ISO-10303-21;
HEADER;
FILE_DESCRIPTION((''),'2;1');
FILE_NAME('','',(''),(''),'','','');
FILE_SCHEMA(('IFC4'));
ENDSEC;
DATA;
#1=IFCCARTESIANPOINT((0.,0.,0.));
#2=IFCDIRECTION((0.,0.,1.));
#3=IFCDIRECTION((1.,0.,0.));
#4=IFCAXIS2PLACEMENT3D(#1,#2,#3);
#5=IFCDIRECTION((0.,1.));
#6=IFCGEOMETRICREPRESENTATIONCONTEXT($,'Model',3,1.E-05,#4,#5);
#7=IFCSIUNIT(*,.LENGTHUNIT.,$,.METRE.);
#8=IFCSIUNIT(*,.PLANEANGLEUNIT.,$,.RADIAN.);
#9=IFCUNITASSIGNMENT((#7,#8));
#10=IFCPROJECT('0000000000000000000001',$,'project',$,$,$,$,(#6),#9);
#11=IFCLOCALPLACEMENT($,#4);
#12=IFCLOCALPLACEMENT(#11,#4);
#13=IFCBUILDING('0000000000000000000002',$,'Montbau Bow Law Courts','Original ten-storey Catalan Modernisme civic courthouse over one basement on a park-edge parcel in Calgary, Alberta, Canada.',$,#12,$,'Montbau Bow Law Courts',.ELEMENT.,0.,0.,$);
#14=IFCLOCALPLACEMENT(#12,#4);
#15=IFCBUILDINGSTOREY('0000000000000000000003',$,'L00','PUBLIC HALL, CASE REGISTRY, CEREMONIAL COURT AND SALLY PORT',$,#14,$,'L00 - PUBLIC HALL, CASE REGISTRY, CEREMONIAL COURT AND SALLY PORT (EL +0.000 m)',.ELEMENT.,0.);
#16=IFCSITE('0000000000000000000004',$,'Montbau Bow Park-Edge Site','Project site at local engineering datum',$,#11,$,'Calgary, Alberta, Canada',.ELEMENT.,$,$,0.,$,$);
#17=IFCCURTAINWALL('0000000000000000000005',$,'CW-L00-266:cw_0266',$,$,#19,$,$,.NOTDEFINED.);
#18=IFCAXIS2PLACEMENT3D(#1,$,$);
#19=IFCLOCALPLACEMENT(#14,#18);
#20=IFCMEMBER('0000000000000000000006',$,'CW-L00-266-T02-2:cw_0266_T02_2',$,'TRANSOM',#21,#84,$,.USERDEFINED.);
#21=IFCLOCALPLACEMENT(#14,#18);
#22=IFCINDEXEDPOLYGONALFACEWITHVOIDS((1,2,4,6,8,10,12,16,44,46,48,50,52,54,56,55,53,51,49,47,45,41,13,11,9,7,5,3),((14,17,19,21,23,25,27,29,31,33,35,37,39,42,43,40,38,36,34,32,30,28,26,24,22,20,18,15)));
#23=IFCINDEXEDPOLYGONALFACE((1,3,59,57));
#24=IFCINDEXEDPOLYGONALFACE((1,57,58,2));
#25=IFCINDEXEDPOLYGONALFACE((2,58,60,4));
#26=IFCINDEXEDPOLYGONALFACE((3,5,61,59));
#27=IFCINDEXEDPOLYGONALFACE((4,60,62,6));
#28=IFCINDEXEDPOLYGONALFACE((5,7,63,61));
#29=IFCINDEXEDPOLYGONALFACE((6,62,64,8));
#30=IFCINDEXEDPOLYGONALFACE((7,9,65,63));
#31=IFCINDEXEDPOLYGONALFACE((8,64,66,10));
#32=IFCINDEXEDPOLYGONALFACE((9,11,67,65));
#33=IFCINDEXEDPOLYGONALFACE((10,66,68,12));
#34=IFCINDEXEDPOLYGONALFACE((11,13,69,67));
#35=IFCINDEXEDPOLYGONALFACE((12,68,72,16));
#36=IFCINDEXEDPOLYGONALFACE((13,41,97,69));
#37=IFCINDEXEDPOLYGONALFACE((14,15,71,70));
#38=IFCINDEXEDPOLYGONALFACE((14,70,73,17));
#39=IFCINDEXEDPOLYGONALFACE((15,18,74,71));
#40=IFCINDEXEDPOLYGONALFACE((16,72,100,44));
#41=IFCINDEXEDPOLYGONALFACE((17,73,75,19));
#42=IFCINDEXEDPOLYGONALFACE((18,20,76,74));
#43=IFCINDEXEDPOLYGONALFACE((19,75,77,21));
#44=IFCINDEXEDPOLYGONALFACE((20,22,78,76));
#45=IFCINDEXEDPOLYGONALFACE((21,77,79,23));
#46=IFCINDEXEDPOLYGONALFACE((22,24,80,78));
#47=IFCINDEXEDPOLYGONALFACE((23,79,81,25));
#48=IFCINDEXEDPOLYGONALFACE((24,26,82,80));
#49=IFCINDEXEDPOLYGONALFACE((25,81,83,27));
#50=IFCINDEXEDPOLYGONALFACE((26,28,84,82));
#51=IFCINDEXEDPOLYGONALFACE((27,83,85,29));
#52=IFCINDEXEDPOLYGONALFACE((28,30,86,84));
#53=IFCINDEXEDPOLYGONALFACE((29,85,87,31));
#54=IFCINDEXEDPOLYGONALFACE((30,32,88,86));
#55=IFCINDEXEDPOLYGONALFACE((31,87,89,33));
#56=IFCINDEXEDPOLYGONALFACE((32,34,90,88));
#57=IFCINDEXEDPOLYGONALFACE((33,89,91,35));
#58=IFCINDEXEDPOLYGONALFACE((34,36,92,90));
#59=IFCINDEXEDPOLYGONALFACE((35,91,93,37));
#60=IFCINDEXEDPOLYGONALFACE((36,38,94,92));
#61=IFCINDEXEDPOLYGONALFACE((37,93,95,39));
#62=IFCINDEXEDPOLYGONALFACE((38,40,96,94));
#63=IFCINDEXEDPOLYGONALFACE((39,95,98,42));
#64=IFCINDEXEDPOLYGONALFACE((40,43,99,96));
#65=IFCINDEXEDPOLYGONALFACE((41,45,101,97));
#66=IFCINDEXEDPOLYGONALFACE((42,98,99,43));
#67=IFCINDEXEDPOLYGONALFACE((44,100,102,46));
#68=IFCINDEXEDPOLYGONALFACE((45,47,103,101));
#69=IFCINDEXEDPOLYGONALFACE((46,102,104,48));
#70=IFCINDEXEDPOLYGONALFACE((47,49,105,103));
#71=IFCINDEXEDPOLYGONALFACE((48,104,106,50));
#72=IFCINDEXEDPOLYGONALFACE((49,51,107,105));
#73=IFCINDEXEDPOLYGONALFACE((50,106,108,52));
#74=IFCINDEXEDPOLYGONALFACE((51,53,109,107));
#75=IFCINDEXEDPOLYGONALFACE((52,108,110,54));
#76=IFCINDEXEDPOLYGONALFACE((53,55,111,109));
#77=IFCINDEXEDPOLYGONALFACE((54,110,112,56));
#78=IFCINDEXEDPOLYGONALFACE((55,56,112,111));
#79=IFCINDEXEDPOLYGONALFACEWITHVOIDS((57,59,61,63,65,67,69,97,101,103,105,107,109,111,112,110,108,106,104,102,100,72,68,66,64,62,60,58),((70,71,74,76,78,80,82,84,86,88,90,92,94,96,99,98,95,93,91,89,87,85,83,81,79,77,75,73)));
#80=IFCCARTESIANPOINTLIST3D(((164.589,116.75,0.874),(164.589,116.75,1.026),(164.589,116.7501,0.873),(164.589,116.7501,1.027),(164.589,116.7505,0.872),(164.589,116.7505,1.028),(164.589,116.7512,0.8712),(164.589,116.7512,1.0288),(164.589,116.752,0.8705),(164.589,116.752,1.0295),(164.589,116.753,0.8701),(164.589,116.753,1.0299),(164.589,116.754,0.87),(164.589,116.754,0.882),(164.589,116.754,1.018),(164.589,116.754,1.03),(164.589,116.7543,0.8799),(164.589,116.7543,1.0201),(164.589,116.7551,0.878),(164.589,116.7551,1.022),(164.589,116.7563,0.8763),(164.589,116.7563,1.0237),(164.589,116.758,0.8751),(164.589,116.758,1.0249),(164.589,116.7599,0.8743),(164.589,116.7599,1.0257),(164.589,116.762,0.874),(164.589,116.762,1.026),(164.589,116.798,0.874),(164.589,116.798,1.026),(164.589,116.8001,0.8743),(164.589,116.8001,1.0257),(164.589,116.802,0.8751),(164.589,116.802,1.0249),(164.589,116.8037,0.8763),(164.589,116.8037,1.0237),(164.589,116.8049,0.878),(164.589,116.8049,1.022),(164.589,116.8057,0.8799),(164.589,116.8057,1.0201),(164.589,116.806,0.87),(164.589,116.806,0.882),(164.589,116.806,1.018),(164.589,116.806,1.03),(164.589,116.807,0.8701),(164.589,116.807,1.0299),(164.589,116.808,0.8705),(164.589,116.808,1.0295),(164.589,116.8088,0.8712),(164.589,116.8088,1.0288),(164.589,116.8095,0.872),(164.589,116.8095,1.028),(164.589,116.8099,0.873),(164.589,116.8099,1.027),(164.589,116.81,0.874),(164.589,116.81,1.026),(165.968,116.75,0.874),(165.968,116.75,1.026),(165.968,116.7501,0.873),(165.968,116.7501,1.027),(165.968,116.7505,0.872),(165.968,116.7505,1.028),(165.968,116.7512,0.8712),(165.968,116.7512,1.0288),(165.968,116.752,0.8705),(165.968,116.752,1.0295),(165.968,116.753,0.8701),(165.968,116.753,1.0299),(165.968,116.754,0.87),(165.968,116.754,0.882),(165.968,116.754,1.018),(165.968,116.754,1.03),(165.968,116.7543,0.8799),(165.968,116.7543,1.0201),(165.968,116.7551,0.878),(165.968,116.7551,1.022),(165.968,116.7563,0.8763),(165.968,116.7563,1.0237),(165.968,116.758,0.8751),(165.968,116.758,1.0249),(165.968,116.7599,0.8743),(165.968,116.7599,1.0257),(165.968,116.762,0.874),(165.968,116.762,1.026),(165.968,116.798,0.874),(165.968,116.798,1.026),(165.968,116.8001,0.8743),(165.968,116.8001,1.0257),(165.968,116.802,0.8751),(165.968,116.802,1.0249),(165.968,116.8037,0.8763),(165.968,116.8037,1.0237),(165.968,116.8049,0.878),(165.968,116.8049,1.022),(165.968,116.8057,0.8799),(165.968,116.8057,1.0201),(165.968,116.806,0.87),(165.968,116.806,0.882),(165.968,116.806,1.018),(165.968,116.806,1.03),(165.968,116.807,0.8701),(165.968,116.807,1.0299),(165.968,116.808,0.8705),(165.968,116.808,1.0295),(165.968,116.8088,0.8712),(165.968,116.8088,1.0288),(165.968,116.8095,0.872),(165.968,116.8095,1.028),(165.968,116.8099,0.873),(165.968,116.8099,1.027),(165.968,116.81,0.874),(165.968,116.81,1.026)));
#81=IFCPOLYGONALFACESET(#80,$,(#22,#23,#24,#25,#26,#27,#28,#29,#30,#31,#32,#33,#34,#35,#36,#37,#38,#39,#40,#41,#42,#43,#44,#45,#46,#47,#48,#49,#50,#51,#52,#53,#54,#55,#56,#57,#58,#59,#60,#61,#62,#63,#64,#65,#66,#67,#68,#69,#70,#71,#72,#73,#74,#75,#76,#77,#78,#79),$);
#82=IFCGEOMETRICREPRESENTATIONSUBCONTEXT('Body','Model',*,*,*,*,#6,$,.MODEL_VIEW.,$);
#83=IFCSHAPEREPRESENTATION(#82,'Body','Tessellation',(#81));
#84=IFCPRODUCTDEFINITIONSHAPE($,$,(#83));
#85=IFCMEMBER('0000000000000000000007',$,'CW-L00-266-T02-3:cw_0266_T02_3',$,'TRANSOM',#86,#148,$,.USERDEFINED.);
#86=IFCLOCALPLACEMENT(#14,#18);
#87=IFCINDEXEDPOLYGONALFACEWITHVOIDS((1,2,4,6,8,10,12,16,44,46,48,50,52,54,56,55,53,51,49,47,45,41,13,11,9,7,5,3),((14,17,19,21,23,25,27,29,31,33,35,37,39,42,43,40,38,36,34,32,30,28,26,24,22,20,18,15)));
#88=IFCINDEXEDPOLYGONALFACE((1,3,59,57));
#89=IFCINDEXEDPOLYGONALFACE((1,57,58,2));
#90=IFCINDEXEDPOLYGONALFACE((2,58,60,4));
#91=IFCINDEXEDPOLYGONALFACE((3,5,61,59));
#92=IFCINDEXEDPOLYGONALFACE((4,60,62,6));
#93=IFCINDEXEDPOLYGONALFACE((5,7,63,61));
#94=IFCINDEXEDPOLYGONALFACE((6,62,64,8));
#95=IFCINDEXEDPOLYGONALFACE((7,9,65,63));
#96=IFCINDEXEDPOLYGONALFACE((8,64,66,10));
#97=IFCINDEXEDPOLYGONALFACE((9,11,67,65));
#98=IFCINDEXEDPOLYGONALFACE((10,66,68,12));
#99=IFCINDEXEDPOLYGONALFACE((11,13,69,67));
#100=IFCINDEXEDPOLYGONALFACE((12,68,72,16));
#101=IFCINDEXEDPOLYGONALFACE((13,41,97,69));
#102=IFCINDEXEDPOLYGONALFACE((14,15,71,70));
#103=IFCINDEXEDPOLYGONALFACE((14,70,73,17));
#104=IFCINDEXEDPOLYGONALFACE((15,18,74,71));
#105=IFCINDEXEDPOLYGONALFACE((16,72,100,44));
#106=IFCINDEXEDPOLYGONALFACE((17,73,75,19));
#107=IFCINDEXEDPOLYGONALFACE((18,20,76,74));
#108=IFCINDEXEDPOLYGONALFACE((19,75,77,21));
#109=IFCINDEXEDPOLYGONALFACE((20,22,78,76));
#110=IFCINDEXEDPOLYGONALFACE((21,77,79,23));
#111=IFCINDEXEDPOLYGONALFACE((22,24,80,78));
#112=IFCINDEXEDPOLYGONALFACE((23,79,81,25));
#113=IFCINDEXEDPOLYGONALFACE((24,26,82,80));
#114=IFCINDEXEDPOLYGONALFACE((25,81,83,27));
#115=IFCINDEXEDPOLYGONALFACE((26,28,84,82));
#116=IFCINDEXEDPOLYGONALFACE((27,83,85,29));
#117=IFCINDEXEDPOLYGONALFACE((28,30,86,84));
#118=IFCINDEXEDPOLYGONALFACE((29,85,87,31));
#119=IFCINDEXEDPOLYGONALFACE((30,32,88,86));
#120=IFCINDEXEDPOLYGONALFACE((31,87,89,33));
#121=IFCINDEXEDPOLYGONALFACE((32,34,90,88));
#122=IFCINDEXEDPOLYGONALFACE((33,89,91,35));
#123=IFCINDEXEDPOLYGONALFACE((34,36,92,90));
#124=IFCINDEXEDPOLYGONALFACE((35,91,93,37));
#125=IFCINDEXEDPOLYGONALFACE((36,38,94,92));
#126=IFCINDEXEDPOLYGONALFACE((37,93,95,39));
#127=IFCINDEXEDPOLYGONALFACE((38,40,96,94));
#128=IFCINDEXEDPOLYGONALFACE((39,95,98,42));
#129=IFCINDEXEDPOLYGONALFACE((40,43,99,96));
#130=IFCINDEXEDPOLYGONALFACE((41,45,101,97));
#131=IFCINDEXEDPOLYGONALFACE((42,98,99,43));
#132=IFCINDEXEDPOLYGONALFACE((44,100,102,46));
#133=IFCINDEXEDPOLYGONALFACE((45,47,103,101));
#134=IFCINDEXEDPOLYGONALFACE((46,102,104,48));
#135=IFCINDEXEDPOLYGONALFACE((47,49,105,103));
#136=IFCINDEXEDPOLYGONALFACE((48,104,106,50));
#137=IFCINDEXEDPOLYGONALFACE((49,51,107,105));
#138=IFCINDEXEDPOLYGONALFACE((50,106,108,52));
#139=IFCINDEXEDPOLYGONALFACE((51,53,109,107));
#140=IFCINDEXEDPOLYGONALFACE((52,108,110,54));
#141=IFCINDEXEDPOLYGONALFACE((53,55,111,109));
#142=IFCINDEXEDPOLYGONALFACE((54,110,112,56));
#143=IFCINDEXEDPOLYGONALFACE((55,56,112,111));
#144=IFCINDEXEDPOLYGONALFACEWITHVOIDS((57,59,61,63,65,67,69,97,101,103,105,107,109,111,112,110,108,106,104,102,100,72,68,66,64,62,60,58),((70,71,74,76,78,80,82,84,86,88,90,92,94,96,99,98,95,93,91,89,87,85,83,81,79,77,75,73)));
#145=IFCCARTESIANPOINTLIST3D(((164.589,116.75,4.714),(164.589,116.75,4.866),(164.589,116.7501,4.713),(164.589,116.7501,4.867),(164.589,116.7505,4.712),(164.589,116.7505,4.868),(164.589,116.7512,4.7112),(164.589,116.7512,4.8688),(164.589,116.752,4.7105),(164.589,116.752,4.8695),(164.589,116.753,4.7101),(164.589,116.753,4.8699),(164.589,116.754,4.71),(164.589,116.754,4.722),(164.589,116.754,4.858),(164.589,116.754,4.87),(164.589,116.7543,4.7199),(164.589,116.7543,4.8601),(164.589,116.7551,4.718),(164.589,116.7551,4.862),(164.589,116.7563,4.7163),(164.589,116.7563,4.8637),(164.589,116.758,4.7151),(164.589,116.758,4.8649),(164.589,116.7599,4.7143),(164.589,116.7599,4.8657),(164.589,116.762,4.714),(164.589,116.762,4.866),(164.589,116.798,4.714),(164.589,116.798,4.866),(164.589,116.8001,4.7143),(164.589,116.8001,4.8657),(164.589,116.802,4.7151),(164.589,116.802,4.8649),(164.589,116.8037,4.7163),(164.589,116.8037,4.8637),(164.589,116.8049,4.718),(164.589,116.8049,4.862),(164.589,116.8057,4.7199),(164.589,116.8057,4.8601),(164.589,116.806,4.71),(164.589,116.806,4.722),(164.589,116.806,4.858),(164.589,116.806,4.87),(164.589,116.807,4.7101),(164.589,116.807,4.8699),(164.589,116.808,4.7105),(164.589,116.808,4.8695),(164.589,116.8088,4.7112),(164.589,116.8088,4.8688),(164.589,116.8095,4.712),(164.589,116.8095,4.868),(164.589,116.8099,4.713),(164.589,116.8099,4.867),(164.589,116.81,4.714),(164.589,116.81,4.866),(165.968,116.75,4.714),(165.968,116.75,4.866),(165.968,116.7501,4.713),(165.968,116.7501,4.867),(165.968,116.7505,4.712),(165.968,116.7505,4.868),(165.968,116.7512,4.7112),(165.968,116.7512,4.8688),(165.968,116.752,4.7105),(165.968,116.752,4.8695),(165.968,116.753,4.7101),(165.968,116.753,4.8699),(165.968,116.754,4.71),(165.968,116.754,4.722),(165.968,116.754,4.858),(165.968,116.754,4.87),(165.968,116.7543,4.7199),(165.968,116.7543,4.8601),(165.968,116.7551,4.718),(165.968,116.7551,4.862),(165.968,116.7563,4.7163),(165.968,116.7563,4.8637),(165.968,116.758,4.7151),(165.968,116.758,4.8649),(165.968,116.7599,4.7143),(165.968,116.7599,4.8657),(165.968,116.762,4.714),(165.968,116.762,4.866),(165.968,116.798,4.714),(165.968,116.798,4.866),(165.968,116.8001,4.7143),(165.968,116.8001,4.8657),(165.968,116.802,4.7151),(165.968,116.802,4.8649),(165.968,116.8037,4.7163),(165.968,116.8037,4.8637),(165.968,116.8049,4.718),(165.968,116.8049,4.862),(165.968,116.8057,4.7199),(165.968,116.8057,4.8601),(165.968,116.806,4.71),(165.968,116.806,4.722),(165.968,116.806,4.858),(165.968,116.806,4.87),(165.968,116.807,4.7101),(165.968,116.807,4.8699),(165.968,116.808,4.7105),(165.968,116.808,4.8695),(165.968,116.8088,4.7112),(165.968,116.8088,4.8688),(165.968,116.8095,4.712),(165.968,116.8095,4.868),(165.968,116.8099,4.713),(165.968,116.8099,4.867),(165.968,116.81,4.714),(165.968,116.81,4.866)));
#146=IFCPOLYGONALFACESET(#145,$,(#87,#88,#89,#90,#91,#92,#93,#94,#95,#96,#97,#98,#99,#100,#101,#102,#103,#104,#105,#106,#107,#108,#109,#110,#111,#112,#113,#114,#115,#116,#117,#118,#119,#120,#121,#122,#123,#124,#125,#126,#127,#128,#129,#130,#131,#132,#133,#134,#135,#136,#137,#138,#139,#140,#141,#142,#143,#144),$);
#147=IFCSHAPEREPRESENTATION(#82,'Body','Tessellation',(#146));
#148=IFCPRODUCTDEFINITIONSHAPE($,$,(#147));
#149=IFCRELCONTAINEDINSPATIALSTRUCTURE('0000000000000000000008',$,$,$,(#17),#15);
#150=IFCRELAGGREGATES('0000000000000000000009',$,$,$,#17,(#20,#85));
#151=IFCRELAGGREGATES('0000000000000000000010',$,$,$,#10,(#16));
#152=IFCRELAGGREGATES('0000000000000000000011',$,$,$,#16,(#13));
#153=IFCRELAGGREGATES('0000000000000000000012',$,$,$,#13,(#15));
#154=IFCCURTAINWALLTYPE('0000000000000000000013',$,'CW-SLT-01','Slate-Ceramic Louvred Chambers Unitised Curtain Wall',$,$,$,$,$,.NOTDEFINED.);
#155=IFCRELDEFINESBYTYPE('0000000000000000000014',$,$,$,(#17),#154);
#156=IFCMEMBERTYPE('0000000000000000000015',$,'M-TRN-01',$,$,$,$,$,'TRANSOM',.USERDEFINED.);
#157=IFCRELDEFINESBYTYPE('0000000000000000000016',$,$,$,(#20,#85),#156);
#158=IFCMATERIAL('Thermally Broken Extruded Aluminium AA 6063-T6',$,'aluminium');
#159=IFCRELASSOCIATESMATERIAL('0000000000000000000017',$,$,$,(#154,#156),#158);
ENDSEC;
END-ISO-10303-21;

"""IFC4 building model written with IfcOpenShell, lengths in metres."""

from ifc_helpers import new_model, si_unit, direction, frame, origin_with_axes, origin_2d_with_axis, place, context, subcontext, project, spatial, hollow_rectangle, extrude, material, material_profile, profile_set, type_object, element, aggregate, save


model = new_model("IFC4")

# Units and contexts
model_context = context("Model", 3, precision=1e-05, world=origin_with_axes(), true_north=direction((0.0, 1.0)))
body_context = subcontext(model_context, "Body", "Model", "MODEL_VIEW")
ifc_project = project(units=[si_unit("LENGTHUNIT", "METRE"), si_unit("PLANEANGLEUNIT", "RADIAN")], contexts=[model_context])

# Site, building, storey
site_placement = place(None, origin_with_axes())
site = spatial("IfcSite", under=ifc_project, at=site_placement, Name="Montbau Bow Park-Edge Site", Description="Project site at local engineering datum", LongName="Calgary, Alberta, Canada", CompositionType="ELEMENT", RefElevation=0.0)
building_placement = place(site_placement, origin_with_axes())
building = spatial("IfcBuilding", under=site, at=building_placement, Name="Montbau Bow Law Courts", Description="Original ten-storey Catalan Modernisme civic courthouse over one basement on a park-edge parcel in Calgary, Alberta, Canada.", LongName="Montbau Bow Law Courts", CompositionType="ELEMENT", ElevationOfRefHeight=0.0, ElevationOfTerrain=0.0)
storey_placement = place(building_placement, origin_with_axes())
storey = spatial("IfcBuildingStorey", under=building, at=storey_placement, Name="L00", Description="PUBLIC HALL, CASE REGISTRY, CEREMONIAL COURT AND SALLY PORT", LongName="L00 - PUBLIC HALL, CASE REGISTRY, CEREMONIAL COURT AND SALLY PORT (EL +0.000 m)", CompositionType="ELEMENT", Elevation=0.0)

# Curtain wall, members
ifc_material_1 = material(Name="Thermally Broken Extruded Aluminium AA 6063-T6", Category="aluminium")
curtain_wall_type = type_object("IfcCurtainWallType", Name="CW-SLT-01", Description="Slate-Ceramic Louvred Chambers Unitised Curtain Wall", PredefinedType="NOTDEFINED", material=ifc_material_1)
curtain_wall_placement = place(None, frame((163.115, 116.78, 0.0), z_axis=(0.0, 0.0, 1.0), x_axis=(1.0, 0.0, 0.0)))
curtain_wall = element("IfcCurtainWall", 1, at=curtain_wall_placement, inside=storey, type_object=curtain_wall_type, Name="CW-L00-266:cw_0266", PredefinedType="NOTDEFINED")
ifc_material_profile_1 = material_profile(ifc_material_1, hollow_rectangle(XDim=0.06, YDim=0.16, WallThickness=0.004, InnerFilletRadius=0.008, OuterFilletRadius=0.004, at=origin_2d_with_axis()), Name="CWT-160X60", Category="Main", Priority=0)
ifc_profile_set_1 = profile_set([ifc_material_profile_1], Name="Thermally Broken Extruded Aluminium AA 6063-T6")
member_type_1 = type_object("IfcMemberType", Name="M-TRN-01", ElementType="TRANSOM", PredefinedType="USERDEFINED", material=ifc_profile_set_1)
member_1_placement = place(None, frame((164.589, 116.78, 0.95), z_axis=(1.0, 0.0, 0.0), x_axis=(0.0, 1.0, 0.0)))
member_1 = element("IfcMember", 2, at=member_1_placement, type_object=member_type_1, Name="CW-L00-266-T02-2:cw_0266_T02_2", ObjectType="TRANSOM", PredefinedType="USERDEFINED", context=body_context, shape_type="SweptSolid", body=[
    extrude(hollow_rectangle(XDim=0.06, YDim=0.16, WallThickness=0.004, InnerFilletRadius=0.008, OuterFilletRadius=0.004, at=origin_2d_with_axis()), origin_with_axes(), (0.0, 0.0, 1.0), 1.379),
])
member_2_placement = place(None, frame((164.589, 116.78, 4.79), z_axis=(1.0, 0.0, 0.0), x_axis=(0.0, 1.0, 0.0)))
member_2 = element("IfcMember", 3, at=member_2_placement, type_object=member_type_1, Name="CW-L00-266-T02-3:cw_0266_T02_3", ObjectType="TRANSOM", PredefinedType="USERDEFINED", context=body_context, shape_type="SweptSolid", body=[
    extrude(hollow_rectangle(XDim=0.06, YDim=0.16, WallThickness=0.004, InnerFilletRadius=0.008, OuterFilletRadius=0.004, at=origin_2d_with_axis()), origin_with_axes(), (0.0, 0.0, 1.0), 1.379),
])
aggregate(curtain_wall, [member_1, member_2])

save(model, "model.ifc")
